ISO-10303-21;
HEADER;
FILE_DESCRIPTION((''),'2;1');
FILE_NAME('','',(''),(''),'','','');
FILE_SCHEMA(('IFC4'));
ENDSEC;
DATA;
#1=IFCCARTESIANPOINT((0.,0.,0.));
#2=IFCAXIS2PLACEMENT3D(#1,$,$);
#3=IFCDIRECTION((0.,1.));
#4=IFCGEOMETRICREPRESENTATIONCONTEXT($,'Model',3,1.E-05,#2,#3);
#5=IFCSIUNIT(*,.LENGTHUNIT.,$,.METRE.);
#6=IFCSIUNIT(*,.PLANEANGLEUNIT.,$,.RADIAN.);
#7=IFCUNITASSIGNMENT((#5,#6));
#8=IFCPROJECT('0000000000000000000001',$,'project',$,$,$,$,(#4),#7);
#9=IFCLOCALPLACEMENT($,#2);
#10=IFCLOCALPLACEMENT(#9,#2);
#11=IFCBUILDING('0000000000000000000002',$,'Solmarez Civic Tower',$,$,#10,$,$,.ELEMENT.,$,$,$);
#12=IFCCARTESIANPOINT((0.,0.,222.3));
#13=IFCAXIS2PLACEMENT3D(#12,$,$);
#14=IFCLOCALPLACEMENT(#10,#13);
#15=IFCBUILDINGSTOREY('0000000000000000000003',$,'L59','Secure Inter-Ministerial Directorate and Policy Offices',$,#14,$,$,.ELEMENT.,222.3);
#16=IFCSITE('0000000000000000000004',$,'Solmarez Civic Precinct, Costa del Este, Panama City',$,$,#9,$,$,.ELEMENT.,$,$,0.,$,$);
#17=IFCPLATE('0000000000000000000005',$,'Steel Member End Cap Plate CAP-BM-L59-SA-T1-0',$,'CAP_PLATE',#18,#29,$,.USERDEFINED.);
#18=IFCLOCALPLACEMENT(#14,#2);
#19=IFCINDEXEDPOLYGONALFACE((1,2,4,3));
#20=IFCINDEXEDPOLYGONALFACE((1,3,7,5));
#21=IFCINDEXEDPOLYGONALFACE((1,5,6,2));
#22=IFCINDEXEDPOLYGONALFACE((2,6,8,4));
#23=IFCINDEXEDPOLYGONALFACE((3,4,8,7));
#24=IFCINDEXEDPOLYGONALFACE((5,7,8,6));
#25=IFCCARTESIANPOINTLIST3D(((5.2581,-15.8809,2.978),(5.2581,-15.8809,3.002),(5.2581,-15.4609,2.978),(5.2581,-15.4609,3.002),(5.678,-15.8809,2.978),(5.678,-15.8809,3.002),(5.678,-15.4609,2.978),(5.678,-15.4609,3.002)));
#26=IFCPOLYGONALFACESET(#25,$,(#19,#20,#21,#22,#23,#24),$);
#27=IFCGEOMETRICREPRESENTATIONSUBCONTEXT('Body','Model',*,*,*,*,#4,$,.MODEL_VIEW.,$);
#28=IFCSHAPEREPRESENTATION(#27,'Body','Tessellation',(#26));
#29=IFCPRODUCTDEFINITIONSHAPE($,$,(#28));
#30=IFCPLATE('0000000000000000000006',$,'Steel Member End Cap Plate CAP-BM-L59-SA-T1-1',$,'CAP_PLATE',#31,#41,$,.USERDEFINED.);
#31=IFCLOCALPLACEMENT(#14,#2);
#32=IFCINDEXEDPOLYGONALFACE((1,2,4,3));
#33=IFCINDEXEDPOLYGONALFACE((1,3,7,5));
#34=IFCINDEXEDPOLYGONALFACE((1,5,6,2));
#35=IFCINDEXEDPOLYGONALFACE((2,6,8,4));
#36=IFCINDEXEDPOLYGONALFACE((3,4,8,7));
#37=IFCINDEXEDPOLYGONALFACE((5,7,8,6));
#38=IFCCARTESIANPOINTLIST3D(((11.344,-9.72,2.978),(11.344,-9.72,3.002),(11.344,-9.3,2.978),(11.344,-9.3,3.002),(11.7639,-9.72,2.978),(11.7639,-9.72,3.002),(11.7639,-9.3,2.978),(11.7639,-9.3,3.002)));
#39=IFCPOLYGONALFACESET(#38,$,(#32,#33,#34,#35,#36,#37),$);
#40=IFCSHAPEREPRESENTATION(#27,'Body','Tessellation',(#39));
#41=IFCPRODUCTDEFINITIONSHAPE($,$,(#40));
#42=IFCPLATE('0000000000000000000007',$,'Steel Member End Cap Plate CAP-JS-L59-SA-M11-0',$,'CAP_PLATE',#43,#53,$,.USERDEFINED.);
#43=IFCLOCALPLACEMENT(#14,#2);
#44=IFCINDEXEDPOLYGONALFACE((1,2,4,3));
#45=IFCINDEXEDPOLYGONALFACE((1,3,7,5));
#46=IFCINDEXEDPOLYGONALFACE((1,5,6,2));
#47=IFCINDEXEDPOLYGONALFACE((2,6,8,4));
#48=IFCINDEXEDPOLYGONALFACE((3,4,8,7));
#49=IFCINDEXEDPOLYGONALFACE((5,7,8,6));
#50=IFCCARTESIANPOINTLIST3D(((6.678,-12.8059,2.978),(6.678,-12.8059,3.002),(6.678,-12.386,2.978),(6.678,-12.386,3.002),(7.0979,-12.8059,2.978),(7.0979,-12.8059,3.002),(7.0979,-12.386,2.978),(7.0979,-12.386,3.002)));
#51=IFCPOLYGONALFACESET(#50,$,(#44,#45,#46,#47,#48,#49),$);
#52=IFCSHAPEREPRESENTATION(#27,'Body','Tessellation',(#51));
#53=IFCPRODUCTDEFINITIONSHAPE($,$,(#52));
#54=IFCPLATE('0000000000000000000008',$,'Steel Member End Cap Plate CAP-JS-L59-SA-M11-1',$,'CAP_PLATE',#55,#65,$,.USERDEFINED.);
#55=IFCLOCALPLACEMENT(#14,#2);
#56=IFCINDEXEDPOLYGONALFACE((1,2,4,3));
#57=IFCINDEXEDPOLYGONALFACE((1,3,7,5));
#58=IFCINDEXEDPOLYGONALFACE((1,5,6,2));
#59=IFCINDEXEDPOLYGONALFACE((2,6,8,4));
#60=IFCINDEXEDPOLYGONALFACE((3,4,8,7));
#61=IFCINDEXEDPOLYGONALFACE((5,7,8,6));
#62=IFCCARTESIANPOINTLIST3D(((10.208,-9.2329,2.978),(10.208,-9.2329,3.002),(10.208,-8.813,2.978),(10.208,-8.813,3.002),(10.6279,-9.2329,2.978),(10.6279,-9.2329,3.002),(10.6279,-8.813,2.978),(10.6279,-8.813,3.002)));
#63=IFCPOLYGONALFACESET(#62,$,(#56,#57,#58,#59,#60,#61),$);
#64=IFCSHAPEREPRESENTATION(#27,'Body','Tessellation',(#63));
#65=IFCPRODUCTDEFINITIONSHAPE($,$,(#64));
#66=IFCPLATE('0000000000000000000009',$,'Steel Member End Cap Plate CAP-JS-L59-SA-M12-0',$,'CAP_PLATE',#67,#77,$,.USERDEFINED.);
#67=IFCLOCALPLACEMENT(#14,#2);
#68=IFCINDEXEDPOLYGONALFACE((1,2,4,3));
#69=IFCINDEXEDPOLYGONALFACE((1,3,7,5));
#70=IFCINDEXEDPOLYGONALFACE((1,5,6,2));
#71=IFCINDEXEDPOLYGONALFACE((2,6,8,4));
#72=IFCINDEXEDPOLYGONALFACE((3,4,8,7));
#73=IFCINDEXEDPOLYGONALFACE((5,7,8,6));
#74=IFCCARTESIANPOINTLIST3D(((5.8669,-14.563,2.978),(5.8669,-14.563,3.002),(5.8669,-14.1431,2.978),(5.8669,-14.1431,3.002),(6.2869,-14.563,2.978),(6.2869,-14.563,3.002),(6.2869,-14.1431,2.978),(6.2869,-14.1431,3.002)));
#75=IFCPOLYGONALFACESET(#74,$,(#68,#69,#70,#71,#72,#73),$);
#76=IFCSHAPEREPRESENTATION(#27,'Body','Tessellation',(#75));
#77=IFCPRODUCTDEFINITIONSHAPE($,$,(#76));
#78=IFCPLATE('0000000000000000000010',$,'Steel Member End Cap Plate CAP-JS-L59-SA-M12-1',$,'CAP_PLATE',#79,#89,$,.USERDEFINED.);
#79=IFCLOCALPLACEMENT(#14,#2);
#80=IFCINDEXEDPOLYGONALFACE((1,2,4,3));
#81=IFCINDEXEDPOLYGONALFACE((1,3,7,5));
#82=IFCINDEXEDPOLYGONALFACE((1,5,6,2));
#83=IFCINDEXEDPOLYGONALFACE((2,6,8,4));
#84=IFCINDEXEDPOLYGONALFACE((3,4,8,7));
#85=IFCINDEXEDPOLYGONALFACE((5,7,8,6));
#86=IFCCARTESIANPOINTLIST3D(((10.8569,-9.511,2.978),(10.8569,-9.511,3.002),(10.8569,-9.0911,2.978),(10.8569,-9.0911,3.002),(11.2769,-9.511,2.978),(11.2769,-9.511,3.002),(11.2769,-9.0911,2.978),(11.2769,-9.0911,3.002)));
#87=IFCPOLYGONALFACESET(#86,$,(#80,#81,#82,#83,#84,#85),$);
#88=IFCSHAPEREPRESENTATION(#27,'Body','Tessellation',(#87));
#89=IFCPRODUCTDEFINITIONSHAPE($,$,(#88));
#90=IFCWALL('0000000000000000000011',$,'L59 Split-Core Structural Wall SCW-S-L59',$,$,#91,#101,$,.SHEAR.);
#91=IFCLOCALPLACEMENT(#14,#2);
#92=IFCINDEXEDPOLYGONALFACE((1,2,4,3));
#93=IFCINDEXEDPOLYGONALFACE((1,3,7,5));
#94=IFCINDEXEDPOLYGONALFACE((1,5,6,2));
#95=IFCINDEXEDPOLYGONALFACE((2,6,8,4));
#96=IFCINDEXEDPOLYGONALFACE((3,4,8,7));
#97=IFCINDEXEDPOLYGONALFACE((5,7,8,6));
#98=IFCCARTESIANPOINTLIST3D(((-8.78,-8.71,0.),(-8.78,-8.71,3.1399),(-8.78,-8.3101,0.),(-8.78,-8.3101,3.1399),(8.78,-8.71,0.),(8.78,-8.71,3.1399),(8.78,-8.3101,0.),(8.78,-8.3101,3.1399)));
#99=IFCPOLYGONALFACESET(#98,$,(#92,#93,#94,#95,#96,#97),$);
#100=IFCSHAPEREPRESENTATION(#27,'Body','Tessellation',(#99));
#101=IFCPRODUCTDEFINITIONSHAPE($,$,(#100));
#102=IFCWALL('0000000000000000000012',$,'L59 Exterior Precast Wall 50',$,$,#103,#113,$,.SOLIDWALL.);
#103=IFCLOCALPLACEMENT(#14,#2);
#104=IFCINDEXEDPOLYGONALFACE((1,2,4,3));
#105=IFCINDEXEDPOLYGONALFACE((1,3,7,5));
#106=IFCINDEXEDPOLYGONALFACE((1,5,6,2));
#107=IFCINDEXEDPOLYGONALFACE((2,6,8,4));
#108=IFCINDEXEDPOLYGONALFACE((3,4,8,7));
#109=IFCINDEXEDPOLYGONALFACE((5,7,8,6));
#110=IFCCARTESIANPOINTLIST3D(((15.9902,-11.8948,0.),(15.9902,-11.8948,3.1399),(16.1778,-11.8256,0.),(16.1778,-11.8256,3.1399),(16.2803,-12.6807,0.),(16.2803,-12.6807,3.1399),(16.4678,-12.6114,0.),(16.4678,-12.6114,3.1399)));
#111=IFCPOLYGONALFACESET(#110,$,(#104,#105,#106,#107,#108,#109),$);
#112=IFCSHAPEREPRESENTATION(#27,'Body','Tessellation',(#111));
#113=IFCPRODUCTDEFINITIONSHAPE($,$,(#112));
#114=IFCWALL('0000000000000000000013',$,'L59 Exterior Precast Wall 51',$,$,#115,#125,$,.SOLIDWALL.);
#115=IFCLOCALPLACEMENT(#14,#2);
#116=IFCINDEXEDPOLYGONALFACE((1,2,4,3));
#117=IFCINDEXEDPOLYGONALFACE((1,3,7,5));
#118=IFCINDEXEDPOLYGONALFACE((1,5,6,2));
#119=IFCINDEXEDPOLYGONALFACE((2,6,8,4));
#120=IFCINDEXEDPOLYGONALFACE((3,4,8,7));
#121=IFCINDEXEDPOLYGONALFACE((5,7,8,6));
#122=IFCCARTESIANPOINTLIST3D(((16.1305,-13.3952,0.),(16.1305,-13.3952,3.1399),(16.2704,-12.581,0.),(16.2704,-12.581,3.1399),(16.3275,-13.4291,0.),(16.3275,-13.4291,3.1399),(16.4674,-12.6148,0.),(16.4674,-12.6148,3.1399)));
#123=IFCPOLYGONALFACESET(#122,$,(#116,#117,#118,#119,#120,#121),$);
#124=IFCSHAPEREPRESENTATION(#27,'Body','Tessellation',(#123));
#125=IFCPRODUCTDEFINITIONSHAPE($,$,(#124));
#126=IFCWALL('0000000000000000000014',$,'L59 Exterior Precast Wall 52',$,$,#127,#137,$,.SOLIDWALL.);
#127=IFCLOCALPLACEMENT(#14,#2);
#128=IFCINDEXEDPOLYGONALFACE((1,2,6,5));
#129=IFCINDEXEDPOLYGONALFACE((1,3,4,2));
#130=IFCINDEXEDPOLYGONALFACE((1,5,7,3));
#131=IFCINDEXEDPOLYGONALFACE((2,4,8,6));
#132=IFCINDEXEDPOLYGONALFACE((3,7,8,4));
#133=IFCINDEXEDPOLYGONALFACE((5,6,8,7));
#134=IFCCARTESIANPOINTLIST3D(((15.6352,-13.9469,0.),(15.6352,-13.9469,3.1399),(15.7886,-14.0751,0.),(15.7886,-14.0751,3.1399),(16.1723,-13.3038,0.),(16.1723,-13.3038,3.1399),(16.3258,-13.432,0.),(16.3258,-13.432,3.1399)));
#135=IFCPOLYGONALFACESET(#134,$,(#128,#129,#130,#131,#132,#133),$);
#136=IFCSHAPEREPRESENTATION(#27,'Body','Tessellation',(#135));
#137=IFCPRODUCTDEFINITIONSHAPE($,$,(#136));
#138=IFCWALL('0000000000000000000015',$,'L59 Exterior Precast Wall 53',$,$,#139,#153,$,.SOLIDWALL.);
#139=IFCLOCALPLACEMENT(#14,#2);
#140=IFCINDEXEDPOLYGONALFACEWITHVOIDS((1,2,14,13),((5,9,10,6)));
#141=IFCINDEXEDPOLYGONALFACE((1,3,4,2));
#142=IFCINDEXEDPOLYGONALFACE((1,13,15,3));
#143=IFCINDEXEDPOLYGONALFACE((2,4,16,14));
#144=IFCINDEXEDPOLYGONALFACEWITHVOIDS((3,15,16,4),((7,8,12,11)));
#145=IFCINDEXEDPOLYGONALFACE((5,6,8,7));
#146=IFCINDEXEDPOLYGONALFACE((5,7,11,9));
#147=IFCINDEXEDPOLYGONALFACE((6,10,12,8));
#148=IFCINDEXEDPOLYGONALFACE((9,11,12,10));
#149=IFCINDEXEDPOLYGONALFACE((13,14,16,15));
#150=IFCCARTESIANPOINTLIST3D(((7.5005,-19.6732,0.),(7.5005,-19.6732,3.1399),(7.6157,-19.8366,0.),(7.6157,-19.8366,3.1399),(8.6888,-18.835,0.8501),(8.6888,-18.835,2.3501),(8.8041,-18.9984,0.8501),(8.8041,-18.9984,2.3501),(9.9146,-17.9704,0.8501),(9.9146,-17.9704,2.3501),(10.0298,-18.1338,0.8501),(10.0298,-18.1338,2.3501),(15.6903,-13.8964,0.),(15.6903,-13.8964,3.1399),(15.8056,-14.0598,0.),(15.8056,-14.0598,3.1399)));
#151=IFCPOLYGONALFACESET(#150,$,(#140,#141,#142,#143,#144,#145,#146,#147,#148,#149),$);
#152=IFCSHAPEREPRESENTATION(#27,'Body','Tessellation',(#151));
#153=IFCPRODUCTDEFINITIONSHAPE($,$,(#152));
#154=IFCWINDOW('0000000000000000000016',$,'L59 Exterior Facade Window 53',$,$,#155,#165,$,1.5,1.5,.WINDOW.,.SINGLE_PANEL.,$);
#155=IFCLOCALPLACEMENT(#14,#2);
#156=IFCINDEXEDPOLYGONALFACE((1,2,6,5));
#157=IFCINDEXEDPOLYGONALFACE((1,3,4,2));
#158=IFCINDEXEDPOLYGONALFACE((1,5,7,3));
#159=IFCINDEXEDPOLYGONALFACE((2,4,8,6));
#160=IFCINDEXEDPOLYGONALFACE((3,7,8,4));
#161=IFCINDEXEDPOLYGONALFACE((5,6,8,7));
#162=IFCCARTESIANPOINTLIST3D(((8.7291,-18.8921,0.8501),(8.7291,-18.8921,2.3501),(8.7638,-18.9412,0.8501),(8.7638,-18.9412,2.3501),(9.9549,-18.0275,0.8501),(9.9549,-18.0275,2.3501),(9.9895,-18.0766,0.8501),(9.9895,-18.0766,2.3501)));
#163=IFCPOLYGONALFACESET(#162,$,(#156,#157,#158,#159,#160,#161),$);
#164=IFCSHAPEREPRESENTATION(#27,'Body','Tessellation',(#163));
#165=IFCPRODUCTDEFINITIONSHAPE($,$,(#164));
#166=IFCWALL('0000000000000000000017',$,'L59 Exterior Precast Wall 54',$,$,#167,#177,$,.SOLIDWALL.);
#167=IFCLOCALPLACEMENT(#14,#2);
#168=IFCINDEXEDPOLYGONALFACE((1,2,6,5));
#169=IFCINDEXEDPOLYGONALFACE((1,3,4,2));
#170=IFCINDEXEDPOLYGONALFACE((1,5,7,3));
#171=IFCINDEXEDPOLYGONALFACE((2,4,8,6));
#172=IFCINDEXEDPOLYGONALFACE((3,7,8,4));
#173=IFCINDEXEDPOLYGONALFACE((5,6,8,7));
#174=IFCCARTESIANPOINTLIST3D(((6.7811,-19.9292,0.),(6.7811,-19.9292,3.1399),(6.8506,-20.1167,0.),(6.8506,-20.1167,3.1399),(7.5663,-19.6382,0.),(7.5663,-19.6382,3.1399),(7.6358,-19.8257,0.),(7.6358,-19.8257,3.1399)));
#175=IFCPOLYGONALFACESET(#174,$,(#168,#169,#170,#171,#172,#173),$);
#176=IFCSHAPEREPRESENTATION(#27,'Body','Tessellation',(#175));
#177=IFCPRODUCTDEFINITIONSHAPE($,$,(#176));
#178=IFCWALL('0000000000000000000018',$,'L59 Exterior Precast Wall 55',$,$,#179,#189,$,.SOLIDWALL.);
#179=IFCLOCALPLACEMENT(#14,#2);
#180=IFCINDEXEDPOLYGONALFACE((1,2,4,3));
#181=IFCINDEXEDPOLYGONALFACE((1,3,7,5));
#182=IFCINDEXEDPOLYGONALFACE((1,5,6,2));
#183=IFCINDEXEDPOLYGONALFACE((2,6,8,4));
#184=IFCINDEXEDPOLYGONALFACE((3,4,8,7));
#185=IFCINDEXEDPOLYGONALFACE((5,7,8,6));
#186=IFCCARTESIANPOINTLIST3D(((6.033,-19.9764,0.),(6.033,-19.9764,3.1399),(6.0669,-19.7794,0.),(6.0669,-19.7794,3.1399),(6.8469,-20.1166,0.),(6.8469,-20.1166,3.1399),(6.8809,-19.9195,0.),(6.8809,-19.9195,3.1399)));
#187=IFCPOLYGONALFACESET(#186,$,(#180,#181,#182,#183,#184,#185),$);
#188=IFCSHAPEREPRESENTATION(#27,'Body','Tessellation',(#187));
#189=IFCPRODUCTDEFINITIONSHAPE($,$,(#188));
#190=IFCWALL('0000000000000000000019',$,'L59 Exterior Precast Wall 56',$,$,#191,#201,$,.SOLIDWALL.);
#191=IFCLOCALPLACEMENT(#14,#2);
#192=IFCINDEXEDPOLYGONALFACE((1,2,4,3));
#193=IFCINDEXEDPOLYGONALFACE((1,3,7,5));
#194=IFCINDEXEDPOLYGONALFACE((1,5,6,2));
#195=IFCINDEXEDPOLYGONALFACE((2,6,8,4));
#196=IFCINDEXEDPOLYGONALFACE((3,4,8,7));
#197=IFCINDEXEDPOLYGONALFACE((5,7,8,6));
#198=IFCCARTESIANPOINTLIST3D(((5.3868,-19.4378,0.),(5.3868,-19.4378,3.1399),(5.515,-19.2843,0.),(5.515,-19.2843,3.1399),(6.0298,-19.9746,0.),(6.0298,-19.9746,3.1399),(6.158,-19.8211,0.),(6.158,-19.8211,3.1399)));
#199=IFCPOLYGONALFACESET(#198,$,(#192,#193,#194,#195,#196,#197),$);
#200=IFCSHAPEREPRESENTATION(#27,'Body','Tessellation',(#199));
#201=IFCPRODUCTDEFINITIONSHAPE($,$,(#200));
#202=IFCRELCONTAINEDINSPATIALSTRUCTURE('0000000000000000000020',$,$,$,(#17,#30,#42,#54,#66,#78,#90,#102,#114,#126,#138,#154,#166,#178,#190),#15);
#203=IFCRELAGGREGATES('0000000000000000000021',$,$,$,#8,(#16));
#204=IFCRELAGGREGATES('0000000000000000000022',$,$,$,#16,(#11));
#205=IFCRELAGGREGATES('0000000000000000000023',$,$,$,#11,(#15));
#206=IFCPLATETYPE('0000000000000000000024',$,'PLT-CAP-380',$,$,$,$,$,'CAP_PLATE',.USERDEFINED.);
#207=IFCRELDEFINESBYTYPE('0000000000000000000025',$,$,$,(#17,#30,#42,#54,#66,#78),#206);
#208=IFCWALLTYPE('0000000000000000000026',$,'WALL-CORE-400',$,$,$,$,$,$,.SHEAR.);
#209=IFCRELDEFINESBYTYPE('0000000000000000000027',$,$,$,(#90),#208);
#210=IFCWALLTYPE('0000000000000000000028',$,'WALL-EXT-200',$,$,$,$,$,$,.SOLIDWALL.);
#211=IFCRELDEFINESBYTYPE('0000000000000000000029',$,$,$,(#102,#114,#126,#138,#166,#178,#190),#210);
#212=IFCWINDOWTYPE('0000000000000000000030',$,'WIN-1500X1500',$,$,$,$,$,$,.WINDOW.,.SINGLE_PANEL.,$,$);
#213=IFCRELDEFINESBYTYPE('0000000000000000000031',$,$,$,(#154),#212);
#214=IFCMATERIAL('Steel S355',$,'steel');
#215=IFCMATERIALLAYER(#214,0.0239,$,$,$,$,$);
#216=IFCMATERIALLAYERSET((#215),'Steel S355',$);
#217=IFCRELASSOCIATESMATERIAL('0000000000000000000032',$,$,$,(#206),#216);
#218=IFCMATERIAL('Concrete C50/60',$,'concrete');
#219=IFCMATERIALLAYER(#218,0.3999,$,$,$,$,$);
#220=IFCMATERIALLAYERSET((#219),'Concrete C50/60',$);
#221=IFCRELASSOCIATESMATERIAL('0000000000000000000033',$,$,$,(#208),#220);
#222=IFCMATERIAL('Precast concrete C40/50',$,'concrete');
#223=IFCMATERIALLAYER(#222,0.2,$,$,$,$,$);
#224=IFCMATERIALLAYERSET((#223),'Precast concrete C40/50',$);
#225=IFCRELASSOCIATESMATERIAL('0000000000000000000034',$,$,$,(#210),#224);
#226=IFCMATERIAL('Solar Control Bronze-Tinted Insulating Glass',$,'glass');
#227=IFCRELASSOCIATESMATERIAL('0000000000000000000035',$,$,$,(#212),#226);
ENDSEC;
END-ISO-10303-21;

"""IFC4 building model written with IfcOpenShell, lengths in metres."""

from ifc_helpers import new_model, si_unit, direction, frame, frame_2d, origin, origin_2d, place, context, subcontext, project, spatial, rectangle, extrude, material, layer, layer_set, type_object, element, fill, save


model = new_model("IFC4")

# Units and contexts
model_context = context("Model", 3, precision=1e-05, world=origin(), true_north=direction((0.0, 1.0)))
body_context = subcontext(model_context, "Body", "Model", "MODEL_VIEW")
ifc_project = project(units=[si_unit("LENGTHUNIT", "METRE"), si_unit("PLANEANGLEUNIT", "RADIAN")], contexts=[model_context])

# Site, building, storey
site_placement = place(None, origin())
site = spatial("IfcSite", under=ifc_project, at=site_placement, Name="Solmarez Civic Precinct, Costa del Este, Panama City", CompositionType="ELEMENT", RefElevation=0.0)
building_placement = place(site_placement, origin())
building = spatial("IfcBuilding", under=site, at=building_placement, Name="Solmarez Civic Tower", CompositionType="ELEMENT")
storey_placement = place(building_placement, frame((0.0, 0.0, 222.3)))
storey = spatial("IfcBuildingStorey", under=building, at=storey_placement, Name="L59", Description="Secure Inter-Ministerial Directorate and Policy Offices", CompositionType="ELEMENT", Elevation=222.3)

# Shared definitions
ifc_material_1 = material(Name="Steel S355", Category="steel")

# Plates
ifc_layer_1 = layer(ifc_material_1, 0.0239)
ifc_layer_set_1 = layer_set([ifc_layer_1], Name="Steel S355")
plate_type_1 = type_object("IfcPlateType", Name="PLT-CAP-380", ElementType="CAP_PLATE", PredefinedType="USERDEFINED", material=ifc_layer_set_1)
for number, where, z_axis, x_axis, name in (
    (1, (5.468, -15.6709, 2.978), (0.0, 0.0, 1.0), (1.0, 0.0, 0.0), "Steel Member End Cap Plate CAP-BM-L59-SA-T1-0"),
    (2, (11.554, -9.51, 2.978), (0.0, 0.0, 1.0), (1.0, 0.0, 0.0), "Steel Member End Cap Plate CAP-BM-L59-SA-T1-1"),
    (3, (6.8879, -12.5959, 2.978), (0.0, 0.0, 1.0), (1.0, 0.0, 0.0), "Steel Member End Cap Plate CAP-JS-L59-SA-M11-0"),
    (4, (10.418, -9.0229, 2.978), (0.0, 0.0, 1.0), (1.0, 0.0, 0.0), "Steel Member End Cap Plate CAP-JS-L59-SA-M11-1"),
    (5, (6.0769, -14.353, 2.978), (0.0, 0.0, 1.0), (1.0, 0.0, 0.0), "Steel Member End Cap Plate CAP-JS-L59-SA-M12-0"),
    (6, (11.0669, -9.301, 2.978), (0.0, 0.0, 1.0), (1.0, 0.0, 0.0), "Steel Member End Cap Plate CAP-JS-L59-SA-M12-1"),
):
    element("IfcPlate", number, at=place(storey_placement, frame(where, z_axis=z_axis, x_axis=x_axis)), inside=storey, type_object=plate_type_1, Name=name, ObjectType="CAP_PLATE", PredefinedType="USERDEFINED", context=body_context, shape_type="SweptSolid", body=[
        extrude(rectangle(XDim=0.4199, YDim=0.4199, at=origin_2d()), origin(), (0.0, 0.0, 1.0), 0.0239),
    ])

# Walls
ifc_material_2 = material(Name="Concrete C50/60", Category="concrete")
ifc_layer_2 = layer(ifc_material_2, 0.3999)
ifc_layer_set_2 = layer_set([ifc_layer_2], Name="Concrete C50/60")
wall_type_1 = type_object("IfcWallType", Name="WALL-CORE-400", PredefinedType="SHEAR", material=ifc_layer_set_2)
wall_1_placement = place(storey_placement, frame((8.78, -8.51, 0.0), z_axis=(0.0, 0.0, 1.0), x_axis=(-1.0, 0.0, 0.0)))
element("IfcWall", 7, at=wall_1_placement, inside=storey, type_object=wall_type_1, Name="L59 Split-Core Structural Wall SCW-S-L59", PredefinedType="SHEAR", context=body_context, shape_type="SweptSolid", body=[
    extrude(rectangle(XDim=17.5601, YDim=0.3999, at=frame_2d((8.78, 0.0))), origin(), (0.0, 0.0, 1.0), 3.1399),
])
ifc_material_3 = material(Name="Precast concrete C40/50", Category="concrete")
ifc_layer_3 = layer(ifc_material_3, 0.2)
ifc_layer_set_3 = layer_set([ifc_layer_3], Name="Precast concrete C40/50")
wall_type_2 = type_object("IfcWallType", Name="WALL-EXT-200", PredefinedType="SOLIDWALL", material=ifc_layer_set_3)
wall_2_placement = place(storey_placement, frame((16.084, -11.8601, 0.0), z_axis=(0.0, 0.0, 1.0), x_axis=(0.346232, -0.938149, 0.0)))
element("IfcWall", 8, at=wall_2_placement, inside=storey, type_object=wall_type_2, Name="L59 Exterior Precast Wall 50", PredefinedType="SOLIDWALL", context=body_context, shape_type="SweptSolid", body=[
    extrude(rectangle(XDim=0.8376, YDim=0.2, at=frame_2d((0.4189, 0.0))), origin(), (0.0, 0.0, 1.0), 3.1399),
])
wall_3_placement = place(storey_placement, frame((16.3689, -12.5979, 0.0), z_axis=(0.0, 0.0, 1.0), x_axis=(-0.169333, -0.985559, 0.0)))
element("IfcWall", 9, at=wall_3_placement, inside=storey, type_object=wall_type_2, Name="L59 Exterior Precast Wall 51", PredefinedType="SOLIDWALL", context=body_context, shape_type="SweptSolid", body=[
    extrude(rectangle(XDim=0.8262, YDim=0.2, at=frame_2d((0.4131, 0.0))), origin(), (0.0, 0.0, 1.0), 3.1399),
])
wall_4_placement = place(storey_placement, frame((16.249, -13.3679, 0.0), z_axis=(0.0, 0.0, 1.0), x_axis=(-0.641044, -0.767504, 0.0)))
element("IfcWall", 10, at=wall_4_placement, inside=storey, type_object=wall_type_2, Name="L59 Exterior Precast Wall 52", PredefinedType="SOLIDWALL", context=body_context, shape_type="SweptSolid", body=[
    extrude(rectangle(XDim=0.8379, YDim=0.2, at=frame_2d((0.4189, 0.0))), origin(), (0.0, 0.0, 1.0), 3.1399),
])

# Wall, opening, window
wall_5_placement = place(storey_placement, frame((15.748, -13.978, 0.0), z_axis=(0.0, 0.0, 1.0), x_axis=(-0.817169, -0.576398, 0.0)))
wall_5 = element("IfcWall", 11, at=wall_5_placement, inside=storey, type_object=wall_type_2, Name="L59 Exterior Precast Wall 53", PredefinedType="SOLIDWALL", context=body_context, shape_type="SweptSolid", body=[
    extrude(rectangle(XDim=10.0222, YDim=0.2, at=frame_2d((5.0112, 0.0))), origin(), (0.0, 0.0, 1.0), 3.1399),
])
opening_1_placement = place(wall_5_placement, frame((7.0681, 0.0, 0.8501)))
opening_1 = element("IfcOpeningElement", 12, at=opening_1_placement, cuts=wall_5, PredefinedType="OPENING", context=body_context, shape_type="SweptSolid", body=[
    extrude(rectangle(XDim=1.5, YDim=1.5, at=frame_2d((0.75, 0.75))), frame((0.0, 0.1099, 0.0), z_axis=(0.0, -1.0, 0.0), x_axis=(1.0, 0.0, 0.0)), (0.0, 0.0, 1.0), 0.22),
])
ifc_material_4 = material(Name="Solar Control Bronze-Tinted Insulating Glass", Category="glass")
window_type = type_object("IfcWindowType", Name="WIN-1500X1500", PartitioningType="SINGLE_PANEL", PredefinedType="WINDOW", material=ifc_material_4)
window_placement = place(opening_1_placement, origin())
window = element("IfcWindow", 13, at=window_placement, inside=storey, type_object=window_type, Name="L59 Exterior Facade Window 53", OverallHeight=1.5, OverallWidth=1.5, PartitioningType="SINGLE_PANEL", PredefinedType="WINDOW", context=body_context, shape_type="SweptSolid", body=[
    extrude(rectangle(XDim=1.5, YDim=1.5, at=frame_2d((0.75, 0.75))), frame((0.0, 0.03, 0.0), z_axis=(0.0, -1.0, 0.0), x_axis=(1.0, 0.0, 0.0)), (0.0, 0.0, 1.0), 0.0601),
])
fill(opening_1, window)

# Walls
wall_6_placement = place(storey_placement, frame((7.6011, -19.7319, 0.0), z_axis=(0.0, 0.0, 1.0), x_axis=(-0.937664, -0.347542, 0.0)))
element("IfcWall", 14, at=wall_6_placement, inside=storey, type_object=wall_type_2, Name="L59 Exterior Precast Wall 54", PredefinedType="SOLIDWALL", context=body_context, shape_type="SweptSolid", body=[
    extrude(rectangle(XDim=0.8374, YDim=0.2, at=frame_2d((0.4187, 0.0))), origin(), (0.0, 0.0, 1.0), 3.1399),
])
wall_7_placement = place(storey_placement, frame((6.864, -20.0181, 0.0), z_axis=(0.0, 0.0, 1.0), x_axis=(-0.985501, 0.169669, 0.0)))
element("IfcWall", 15, at=wall_7_placement, inside=storey, type_object=wall_type_2, Name="L59 Exterior Precast Wall 55", PredefinedType="SOLIDWALL", context=body_context, shape_type="SweptSolid", body=[
    extrude(rectangle(XDim=0.8259, YDim=0.2, at=frame_2d((0.4131, 0.0))), origin(), (0.0, 0.0, 1.0), 3.1399),
])
wall_8_placement = place(storey_placement, frame((6.094, -19.8979, 0.0), z_axis=(0.0, 0.0, 1.0), x_axis=(-0.767648, 0.640872, 0.0)))
element("IfcWall", 16, at=wall_8_placement, inside=storey, type_object=wall_type_2, Name="L59 Exterior Precast Wall 56", PredefinedType="SOLIDWALL", context=body_context, shape_type="SweptSolid", body=[
    extrude(rectangle(XDim=0.8376, YDim=0.2, at=frame_2d((0.4189, 0.0))), origin(), (0.0, 0.0, 1.0), 3.1399),
])

save(model, "model.ifc")
